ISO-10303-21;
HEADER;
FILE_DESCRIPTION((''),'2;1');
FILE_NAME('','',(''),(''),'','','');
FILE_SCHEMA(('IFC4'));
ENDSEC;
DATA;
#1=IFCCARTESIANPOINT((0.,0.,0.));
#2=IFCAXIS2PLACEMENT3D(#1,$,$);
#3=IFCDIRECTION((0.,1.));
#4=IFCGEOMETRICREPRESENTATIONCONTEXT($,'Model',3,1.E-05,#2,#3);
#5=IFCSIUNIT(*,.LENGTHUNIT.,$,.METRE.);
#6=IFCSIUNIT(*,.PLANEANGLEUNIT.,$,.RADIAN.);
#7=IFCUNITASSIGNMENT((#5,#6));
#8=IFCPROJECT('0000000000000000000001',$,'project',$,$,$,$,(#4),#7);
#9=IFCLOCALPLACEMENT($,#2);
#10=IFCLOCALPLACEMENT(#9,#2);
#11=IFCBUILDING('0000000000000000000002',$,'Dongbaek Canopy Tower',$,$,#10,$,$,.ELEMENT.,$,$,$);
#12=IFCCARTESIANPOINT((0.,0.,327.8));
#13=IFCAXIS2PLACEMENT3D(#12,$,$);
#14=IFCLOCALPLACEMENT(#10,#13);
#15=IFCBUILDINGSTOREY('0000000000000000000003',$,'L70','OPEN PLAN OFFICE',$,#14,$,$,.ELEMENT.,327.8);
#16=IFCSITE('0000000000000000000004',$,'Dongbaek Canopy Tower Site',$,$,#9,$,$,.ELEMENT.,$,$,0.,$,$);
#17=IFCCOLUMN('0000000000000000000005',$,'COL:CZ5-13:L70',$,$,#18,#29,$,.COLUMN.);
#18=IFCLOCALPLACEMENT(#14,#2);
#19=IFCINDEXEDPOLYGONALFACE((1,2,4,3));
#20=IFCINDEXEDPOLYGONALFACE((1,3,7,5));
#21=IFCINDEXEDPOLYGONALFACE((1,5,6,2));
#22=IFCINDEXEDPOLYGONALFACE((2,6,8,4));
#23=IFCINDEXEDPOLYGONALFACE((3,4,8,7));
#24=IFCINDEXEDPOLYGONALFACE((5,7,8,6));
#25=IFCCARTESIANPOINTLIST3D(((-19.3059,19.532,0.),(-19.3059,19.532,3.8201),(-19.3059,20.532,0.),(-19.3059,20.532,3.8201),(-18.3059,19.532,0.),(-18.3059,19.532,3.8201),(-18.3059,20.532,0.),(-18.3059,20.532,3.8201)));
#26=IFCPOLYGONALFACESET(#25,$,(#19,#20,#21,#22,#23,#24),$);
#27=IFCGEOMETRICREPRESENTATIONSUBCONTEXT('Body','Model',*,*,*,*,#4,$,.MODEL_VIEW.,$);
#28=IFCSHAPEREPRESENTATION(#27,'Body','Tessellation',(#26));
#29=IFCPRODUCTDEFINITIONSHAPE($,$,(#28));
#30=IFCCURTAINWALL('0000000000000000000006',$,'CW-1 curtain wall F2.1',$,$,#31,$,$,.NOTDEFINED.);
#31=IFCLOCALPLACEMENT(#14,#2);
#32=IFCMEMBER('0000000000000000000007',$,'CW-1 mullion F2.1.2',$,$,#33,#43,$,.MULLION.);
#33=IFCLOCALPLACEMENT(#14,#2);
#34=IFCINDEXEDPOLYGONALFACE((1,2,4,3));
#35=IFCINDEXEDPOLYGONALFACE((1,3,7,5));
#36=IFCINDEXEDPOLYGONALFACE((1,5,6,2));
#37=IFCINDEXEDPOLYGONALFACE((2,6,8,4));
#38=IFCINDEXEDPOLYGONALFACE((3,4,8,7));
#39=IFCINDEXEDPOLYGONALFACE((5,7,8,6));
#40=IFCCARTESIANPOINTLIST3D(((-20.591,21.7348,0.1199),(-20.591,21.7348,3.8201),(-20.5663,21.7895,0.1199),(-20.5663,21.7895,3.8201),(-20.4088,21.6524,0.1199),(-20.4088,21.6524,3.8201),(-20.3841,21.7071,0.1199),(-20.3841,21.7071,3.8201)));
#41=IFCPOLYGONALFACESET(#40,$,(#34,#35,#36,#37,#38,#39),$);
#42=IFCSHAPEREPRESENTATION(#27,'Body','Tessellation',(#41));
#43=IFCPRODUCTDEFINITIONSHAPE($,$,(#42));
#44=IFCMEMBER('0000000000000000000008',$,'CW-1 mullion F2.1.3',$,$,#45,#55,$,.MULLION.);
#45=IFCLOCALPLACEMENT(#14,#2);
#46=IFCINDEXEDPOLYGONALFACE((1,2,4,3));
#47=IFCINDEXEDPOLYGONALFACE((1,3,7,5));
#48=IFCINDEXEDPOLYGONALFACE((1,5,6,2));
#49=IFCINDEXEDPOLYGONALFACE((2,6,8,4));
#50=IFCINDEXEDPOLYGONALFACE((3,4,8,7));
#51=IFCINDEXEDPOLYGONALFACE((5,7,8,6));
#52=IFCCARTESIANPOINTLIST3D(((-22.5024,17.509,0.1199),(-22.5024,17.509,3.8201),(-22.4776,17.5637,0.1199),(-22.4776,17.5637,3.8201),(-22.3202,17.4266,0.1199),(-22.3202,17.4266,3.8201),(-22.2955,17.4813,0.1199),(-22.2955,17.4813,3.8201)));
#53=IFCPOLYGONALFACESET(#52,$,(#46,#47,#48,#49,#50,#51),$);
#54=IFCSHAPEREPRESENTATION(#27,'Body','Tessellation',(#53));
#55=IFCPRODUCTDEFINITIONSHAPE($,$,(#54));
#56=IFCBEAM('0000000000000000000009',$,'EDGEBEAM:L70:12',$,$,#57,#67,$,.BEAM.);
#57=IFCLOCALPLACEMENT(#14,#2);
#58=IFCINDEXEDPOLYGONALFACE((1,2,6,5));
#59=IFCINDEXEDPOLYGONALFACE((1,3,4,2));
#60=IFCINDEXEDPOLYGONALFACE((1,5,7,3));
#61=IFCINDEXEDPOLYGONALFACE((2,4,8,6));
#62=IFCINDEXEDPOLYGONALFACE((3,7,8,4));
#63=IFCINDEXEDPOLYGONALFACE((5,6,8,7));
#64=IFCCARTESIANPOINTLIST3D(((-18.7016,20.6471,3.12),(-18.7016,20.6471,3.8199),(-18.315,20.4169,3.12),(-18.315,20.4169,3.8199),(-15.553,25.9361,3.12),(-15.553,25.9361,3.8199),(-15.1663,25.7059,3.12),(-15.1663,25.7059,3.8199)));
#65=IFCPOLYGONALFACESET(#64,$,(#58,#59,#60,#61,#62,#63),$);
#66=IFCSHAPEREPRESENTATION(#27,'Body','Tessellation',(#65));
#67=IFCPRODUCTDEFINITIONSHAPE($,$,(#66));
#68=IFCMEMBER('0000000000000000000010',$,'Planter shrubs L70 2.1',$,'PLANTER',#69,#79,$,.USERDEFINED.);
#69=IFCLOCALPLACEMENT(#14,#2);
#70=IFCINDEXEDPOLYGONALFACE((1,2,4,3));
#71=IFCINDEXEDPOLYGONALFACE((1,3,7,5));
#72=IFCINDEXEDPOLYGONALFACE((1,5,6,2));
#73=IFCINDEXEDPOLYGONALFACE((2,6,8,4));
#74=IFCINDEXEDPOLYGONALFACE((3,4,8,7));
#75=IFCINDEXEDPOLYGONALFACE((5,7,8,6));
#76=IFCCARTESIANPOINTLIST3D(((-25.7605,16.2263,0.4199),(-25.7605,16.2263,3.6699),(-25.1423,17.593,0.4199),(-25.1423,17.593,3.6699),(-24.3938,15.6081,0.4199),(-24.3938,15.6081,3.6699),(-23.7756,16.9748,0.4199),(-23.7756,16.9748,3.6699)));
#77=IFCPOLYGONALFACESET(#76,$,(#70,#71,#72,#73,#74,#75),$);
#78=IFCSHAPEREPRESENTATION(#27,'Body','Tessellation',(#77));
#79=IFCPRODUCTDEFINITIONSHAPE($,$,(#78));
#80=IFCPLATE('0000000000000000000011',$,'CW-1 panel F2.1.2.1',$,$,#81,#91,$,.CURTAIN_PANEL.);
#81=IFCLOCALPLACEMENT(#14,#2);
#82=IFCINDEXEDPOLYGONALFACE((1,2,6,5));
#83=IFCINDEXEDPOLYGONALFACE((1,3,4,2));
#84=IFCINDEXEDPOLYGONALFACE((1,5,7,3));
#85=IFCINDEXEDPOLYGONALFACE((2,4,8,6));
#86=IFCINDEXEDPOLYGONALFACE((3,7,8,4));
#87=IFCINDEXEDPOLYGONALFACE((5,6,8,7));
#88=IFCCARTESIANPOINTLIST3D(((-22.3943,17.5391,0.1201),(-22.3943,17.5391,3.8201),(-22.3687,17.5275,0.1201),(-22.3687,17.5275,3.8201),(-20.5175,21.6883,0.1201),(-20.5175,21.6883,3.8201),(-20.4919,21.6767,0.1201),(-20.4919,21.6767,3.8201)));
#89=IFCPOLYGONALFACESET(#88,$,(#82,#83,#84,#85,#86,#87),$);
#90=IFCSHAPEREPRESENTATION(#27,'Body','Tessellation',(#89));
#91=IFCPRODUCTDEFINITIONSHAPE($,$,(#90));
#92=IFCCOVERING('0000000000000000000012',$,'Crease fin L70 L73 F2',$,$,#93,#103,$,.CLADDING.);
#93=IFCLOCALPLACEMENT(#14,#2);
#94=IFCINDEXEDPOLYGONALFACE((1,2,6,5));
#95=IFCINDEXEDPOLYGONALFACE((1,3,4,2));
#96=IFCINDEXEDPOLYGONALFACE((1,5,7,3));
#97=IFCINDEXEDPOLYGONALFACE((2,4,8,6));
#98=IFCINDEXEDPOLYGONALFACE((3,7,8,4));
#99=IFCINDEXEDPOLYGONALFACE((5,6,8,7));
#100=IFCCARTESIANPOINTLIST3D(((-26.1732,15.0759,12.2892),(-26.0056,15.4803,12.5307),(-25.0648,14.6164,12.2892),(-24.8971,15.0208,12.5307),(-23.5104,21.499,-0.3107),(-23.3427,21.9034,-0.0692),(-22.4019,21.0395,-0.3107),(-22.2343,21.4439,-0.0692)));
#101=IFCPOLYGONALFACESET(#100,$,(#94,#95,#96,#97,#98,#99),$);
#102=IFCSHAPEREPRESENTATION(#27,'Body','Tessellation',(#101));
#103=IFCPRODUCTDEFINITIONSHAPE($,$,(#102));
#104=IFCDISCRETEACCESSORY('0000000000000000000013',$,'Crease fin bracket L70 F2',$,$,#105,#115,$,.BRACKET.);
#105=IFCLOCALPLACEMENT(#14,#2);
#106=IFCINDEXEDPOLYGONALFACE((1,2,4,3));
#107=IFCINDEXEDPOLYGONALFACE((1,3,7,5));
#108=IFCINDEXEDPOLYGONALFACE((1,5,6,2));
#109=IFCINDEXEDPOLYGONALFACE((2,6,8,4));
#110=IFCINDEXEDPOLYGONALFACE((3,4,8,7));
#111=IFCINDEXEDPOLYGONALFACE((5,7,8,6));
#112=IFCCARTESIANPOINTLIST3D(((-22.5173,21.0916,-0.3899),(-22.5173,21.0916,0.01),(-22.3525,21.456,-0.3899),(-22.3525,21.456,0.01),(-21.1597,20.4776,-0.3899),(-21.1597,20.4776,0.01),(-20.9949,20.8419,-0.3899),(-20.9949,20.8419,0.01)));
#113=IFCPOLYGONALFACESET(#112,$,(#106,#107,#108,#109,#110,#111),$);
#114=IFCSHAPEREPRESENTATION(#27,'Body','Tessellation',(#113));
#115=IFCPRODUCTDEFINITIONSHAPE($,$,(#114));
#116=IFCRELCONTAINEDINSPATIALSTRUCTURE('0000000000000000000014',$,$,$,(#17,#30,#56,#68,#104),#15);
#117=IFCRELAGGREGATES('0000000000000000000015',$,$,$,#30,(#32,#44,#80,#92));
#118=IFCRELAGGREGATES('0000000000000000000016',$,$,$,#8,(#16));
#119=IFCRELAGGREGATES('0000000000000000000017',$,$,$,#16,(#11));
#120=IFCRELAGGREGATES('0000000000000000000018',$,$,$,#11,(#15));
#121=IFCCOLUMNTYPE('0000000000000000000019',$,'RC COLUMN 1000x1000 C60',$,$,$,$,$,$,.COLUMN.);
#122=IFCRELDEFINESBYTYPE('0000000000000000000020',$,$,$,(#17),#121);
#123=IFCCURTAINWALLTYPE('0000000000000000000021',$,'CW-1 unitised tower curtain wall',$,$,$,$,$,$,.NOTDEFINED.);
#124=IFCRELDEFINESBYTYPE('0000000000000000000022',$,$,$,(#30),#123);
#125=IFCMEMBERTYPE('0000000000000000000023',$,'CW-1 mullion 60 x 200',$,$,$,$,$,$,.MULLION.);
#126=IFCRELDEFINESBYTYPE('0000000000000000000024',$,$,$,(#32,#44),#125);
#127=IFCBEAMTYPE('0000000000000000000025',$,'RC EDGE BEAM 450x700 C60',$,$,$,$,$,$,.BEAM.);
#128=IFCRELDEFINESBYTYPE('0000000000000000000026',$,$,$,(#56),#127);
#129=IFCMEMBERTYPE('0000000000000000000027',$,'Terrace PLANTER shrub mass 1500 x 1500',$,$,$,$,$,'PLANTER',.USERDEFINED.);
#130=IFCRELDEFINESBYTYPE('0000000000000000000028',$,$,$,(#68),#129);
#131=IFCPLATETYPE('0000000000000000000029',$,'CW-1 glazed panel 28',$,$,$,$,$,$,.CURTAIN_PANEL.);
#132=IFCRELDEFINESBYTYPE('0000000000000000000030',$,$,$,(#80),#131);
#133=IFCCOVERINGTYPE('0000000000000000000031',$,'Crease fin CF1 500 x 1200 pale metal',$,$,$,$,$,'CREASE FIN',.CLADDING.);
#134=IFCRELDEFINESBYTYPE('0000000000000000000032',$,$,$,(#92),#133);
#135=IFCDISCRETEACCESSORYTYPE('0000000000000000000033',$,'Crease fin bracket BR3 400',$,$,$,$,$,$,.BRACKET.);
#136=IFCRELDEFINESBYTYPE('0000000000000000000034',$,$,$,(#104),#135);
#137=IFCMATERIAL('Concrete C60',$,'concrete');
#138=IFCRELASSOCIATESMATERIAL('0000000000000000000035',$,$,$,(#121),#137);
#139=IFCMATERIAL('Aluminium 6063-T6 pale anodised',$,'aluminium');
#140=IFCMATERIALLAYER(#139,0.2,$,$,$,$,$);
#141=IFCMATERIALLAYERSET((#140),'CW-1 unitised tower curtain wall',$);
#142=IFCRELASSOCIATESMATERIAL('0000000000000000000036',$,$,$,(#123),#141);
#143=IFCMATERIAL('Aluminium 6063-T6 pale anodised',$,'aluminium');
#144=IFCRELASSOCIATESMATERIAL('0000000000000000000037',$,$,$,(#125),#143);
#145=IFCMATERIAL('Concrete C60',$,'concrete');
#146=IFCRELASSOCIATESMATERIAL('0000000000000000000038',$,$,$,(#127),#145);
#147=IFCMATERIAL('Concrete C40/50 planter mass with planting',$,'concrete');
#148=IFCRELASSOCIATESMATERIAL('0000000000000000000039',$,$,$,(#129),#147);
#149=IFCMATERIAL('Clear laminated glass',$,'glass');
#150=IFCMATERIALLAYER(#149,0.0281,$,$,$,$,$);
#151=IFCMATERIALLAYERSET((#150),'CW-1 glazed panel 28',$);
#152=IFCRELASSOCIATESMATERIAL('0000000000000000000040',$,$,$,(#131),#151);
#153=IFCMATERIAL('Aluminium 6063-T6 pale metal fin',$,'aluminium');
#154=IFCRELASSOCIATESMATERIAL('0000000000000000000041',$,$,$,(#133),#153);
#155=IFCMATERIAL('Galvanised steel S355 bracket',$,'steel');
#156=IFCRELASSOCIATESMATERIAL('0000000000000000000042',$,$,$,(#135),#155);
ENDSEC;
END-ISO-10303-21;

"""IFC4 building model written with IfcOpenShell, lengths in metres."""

from ifc_helpers import new_model, si_unit, direction, frame, origin, origin_2d, place, context, subcontext, project, spatial, rectangle, extrude, material, layer, layer_set, material_profile, profile_set, type_object, element, aggregate, save


model = new_model("IFC4")

# Units and contexts
model_context = context("Model", 3, precision=1e-05, world=origin(), true_north=direction((0.0, 1.0)))
body_context = subcontext(model_context, "Body", "Model", "MODEL_VIEW")
ifc_project = project(units=[si_unit("LENGTHUNIT", "METRE"), si_unit("PLANEANGLEUNIT", "RADIAN")], contexts=[model_context])

# Site, building, storey
site_placement = place(None, origin())
site = spatial("IfcSite", under=ifc_project, at=site_placement, Name="Dongbaek Canopy Tower Site", CompositionType="ELEMENT", RefElevation=0.0)
building_placement = place(site_placement, origin())
building = spatial("IfcBuilding", under=site, at=building_placement, Name="Dongbaek Canopy Tower", CompositionType="ELEMENT")
storey_placement = place(building_placement, frame((0.0, 0.0, 327.8)))
storey = spatial("IfcBuildingStorey", under=building, at=storey_placement, Name="L70", Description="OPEN PLAN OFFICE", CompositionType="ELEMENT", Elevation=327.8)

# Column
ifc_material_1 = material(Name="Concrete C60", Category="concrete")
ifc_material_profile_1 = material_profile(ifc_material_1, rectangle(XDim=1.0, YDim=1.0, at=origin_2d()), Name="RC COLUMN 1000x1000 C60")
ifc_profile_set_1 = profile_set([ifc_material_profile_1], Name="Concrete C60")
column_type = type_object("IfcColumnType", Name="RC COLUMN 1000x1000 C60", PredefinedType="COLUMN", material=ifc_profile_set_1)
column_placement = place(storey_placement, frame((-18.8059, 20.032, 0.0), z_axis=(0.0, 0.0, 1.0), x_axis=(1.0, 0.0, 0.0)))
element("IfcColumn", 1, at=column_placement, inside=storey, type_object=column_type, Name="COL:CZ5-13:L70", PredefinedType="COLUMN", context=body_context, shape_type="SweptSolid", body=[
    extrude(rectangle(XDim=1.0, YDim=1.0, at=origin_2d()), origin(), (0.0, 0.0, 1.0), 3.8201),
])

# Curtain wall, members
ifc_material_2 = material(Name="Aluminium 6063-T6 pale anodised", Category="aluminium")
ifc_layer_1 = layer(ifc_material_2, 0.2)
ifc_layer_set_1 = layer_set([ifc_layer_1], Name="CW-1 unitised tower curtain wall")
curtain_wall_type = type_object("IfcCurtainWallType", Name="CW-1 unitised tower curtain wall", PredefinedType="NOTDEFINED", material=ifc_layer_set_1)
curtain_wall_placement = place(storey_placement, origin())
curtain_wall = element("IfcCurtainWall", 2, at=curtain_wall_placement, inside=storey, type_object=curtain_wall_type, Name="CW-1 curtain wall F2.1", PredefinedType="NOTDEFINED")
ifc_material_3 = material(Name="Aluminium 6063-T6 pale anodised", Category="aluminium")
ifc_material_profile_2 = material_profile(ifc_material_3, rectangle(XDim=0.2, YDim=0.0601, at=origin_2d()), Name="CW-1 mullion 60 x 200")
ifc_profile_set_2 = profile_set([ifc_material_profile_2], Name="Aluminium 6063-T6 pale anodised")
member_type_1 = type_object("IfcMemberType", Name="CW-1 mullion 60 x 200", PredefinedType="MULLION", material=ifc_profile_set_2)
member_1_placement = place(storey_placement, frame((-20.4875, 21.7209, 0.1199), z_axis=(0.0, 0.0, 1.0), x_axis=(-0.911129, 0.412122, 0.0)))
member_1 = element("IfcMember", 3, at=member_1_placement, type_object=member_type_1, Name="CW-1 mullion F2.1.2", PredefinedType="MULLION", context=body_context, shape_type="SweptSolid", body=[
    extrude(rectangle(XDim=0.2, YDim=0.0601, at=origin_2d()), origin(), (0.0, 0.0, 1.0), 3.7002),
])
member_2_placement = place(storey_placement, frame((-22.3989, 17.4951, 0.1199), z_axis=(0.0, 0.0, 1.0), x_axis=(-0.911129, 0.412122, 0.0)))
member_2 = element("IfcMember", 4, at=member_2_placement, type_object=member_type_1, Name="CW-1 mullion F2.1.3", PredefinedType="MULLION", context=body_context, shape_type="SweptSolid", body=[
    extrude(rectangle(XDim=0.2, YDim=0.0601, at=origin_2d()), origin(), (0.0, 0.0, 1.0), 3.7002),
])

# Beam
ifc_material_4 = material(Name="Concrete C60", Category="concrete")
ifc_material_profile_3 = material_profile(ifc_material_4, rectangle(XDim=0.45, YDim=0.7, at=origin_2d()), Name="RC EDGE BEAM 450x700 C60")
ifc_profile_set_3 = profile_set([ifc_material_profile_3], Name="Concrete C60")
beam_type = type_object("IfcBeamType", Name="RC EDGE BEAM 450x700 C60", PredefinedType="BEAM", material=ifc_profile_set_3)
beam_placement = place(storey_placement, frame((-18.5083, 20.532, 3.47), z_axis=(0.511535, 0.859262, 0.0), x_axis=(-0.859262, 0.511535, 0.0)))
element("IfcBeam", 5, at=beam_placement, inside=storey, type_object=beam_type, Name="EDGEBEAM:L70:12", PredefinedType="BEAM", context=body_context, shape_type="SweptSolid", body=[
    extrude(rectangle(XDim=0.45, YDim=0.7, at=origin_2d()), origin(), (0.0, 0.0, 1.0), 6.1553),
])

# Member
ifc_material_5 = material(Name="Concrete C40/50 planter mass with planting", Category="concrete")
ifc_material_profile_4 = material_profile(ifc_material_5, rectangle(XDim=1.5, YDim=1.5, at=origin_2d()), Name="Terrace PLANTER shrub mass 1500 x 1500")
ifc_profile_set_4 = profile_set([ifc_material_profile_4], Name="Concrete C40/50 planter mass with planting")
member_type_2 = type_object("IfcMemberType", Name="Terrace PLANTER shrub mass 1500 x 1500", ElementType="PLANTER", PredefinedType="USERDEFINED", material=ifc_profile_set_4)
member_3_placement = place(storey_placement, frame((-24.7681, 16.6006, 0.4199), z_axis=(0.0, 0.0, 1.0), x_axis=(-0.911129, 0.412122, 0.0)))
element("IfcMember", 6, at=member_3_placement, inside=storey, type_object=member_type_2, Name="Planter shrubs L70 2.1", ObjectType="PLANTER", PredefinedType="USERDEFINED", context=body_context, shape_type="SweptSolid", body=[
    extrude(rectangle(XDim=1.5, YDim=1.5, at=origin_2d()), origin(), (0.0, 0.0, 1.0), 3.25),
])

# Plate
ifc_material_6 = material(Name="Clear laminated glass", Category="glass")
ifc_layer_2 = layer(ifc_material_6, 0.0281)
ifc_layer_set_2 = layer_set([ifc_layer_2], Name="CW-1 glazed panel 28")
plate_type = type_object("IfcPlateType", Name="CW-1 glazed panel 28", PredefinedType="CURTAIN_PANEL", material=ifc_layer_set_2)
plate_placement = place(storey_placement, frame((-21.4431, 19.6079, 0.1201), z_axis=(0.0, 0.0, 1.0), x_axis=(-0.412122, -0.911129, 0.0)))
plate = element("IfcPlate", 7, at=plate_placement, type_object=plate_type, Name="CW-1 panel F2.1.2.1", PredefinedType="CURTAIN_PANEL", context=body_context, shape_type="SweptSolid", body=[
    extrude(rectangle(XDim=4.554, YDim=0.0281, at=origin_2d()), origin(), (0.0, 0.0, 1.0), 3.7),
])

# Covering
ifc_material_7 = material(Name="Aluminium 6063-T6 pale metal fin", Category="aluminium")
ifc_material_profile_5 = material_profile(ifc_material_7, rectangle(XDim=1.2, YDim=0.5, at=origin_2d()), Name="Crease fin CF1 500 x 1200 pale metal")
ifc_profile_set_5 = profile_set([ifc_material_profile_5], Name="Aluminium 6063-T6 pale metal fin")
covering_type = type_object("IfcCoveringType", Name="Crease fin CF1 500 x 1200 pale metal", ElementType="CREASE FIN", PredefinedType="CLADDING", material=ifc_profile_set_5)
covering_placement = place(storey_placement, frame((-22.8723, 21.4714, -0.1899), z_axis=(-0.185034, -0.446325, 0.875532), x_axis=(0.923762, -0.382967, 0.0)))
covering = element("IfcCovering", 8, at=covering_placement, type_object=covering_type, Name="Crease fin L70 L73 F2", PredefinedType="CLADDING", context=body_context, shape_type="SweptSolid", body=[
    extrude(rectangle(XDim=1.2, YDim=0.5, at=origin_2d()), origin(), (0.0, 0.0, 1.0), 14.3911),
])
aggregate(curtain_wall, [member_1, member_2, plate, covering])

# Discrete accessory
ifc_material_8 = material(Name="Galvanised steel S355 bracket", Category="steel")
discrete_accessory_type = type_object("IfcDiscreteAccessoryType", Name="Crease fin bracket BR3 400", PredefinedType="BRACKET", material=ifc_material_8)
discrete_accessory_placement = place(storey_placement, frame((-21.7561, 20.9668, -0.3899), z_axis=(0.0, 0.0, 1.0), x_axis=(-0.911129, 0.412122, 0.0)))
element("IfcDiscreteAccessory", 9, at=discrete_accessory_placement, inside=storey, type_object=discrete_accessory_type, Name="Crease fin bracket L70 F2", PredefinedType="BRACKET", context=body_context, shape_type="SweptSolid", body=[
    extrude(rectangle(XDim=1.49, YDim=0.3999, at=origin_2d()), origin(), (0.0, 0.0, 1.0), 0.3999),
])

save(model, "model.ifc")
